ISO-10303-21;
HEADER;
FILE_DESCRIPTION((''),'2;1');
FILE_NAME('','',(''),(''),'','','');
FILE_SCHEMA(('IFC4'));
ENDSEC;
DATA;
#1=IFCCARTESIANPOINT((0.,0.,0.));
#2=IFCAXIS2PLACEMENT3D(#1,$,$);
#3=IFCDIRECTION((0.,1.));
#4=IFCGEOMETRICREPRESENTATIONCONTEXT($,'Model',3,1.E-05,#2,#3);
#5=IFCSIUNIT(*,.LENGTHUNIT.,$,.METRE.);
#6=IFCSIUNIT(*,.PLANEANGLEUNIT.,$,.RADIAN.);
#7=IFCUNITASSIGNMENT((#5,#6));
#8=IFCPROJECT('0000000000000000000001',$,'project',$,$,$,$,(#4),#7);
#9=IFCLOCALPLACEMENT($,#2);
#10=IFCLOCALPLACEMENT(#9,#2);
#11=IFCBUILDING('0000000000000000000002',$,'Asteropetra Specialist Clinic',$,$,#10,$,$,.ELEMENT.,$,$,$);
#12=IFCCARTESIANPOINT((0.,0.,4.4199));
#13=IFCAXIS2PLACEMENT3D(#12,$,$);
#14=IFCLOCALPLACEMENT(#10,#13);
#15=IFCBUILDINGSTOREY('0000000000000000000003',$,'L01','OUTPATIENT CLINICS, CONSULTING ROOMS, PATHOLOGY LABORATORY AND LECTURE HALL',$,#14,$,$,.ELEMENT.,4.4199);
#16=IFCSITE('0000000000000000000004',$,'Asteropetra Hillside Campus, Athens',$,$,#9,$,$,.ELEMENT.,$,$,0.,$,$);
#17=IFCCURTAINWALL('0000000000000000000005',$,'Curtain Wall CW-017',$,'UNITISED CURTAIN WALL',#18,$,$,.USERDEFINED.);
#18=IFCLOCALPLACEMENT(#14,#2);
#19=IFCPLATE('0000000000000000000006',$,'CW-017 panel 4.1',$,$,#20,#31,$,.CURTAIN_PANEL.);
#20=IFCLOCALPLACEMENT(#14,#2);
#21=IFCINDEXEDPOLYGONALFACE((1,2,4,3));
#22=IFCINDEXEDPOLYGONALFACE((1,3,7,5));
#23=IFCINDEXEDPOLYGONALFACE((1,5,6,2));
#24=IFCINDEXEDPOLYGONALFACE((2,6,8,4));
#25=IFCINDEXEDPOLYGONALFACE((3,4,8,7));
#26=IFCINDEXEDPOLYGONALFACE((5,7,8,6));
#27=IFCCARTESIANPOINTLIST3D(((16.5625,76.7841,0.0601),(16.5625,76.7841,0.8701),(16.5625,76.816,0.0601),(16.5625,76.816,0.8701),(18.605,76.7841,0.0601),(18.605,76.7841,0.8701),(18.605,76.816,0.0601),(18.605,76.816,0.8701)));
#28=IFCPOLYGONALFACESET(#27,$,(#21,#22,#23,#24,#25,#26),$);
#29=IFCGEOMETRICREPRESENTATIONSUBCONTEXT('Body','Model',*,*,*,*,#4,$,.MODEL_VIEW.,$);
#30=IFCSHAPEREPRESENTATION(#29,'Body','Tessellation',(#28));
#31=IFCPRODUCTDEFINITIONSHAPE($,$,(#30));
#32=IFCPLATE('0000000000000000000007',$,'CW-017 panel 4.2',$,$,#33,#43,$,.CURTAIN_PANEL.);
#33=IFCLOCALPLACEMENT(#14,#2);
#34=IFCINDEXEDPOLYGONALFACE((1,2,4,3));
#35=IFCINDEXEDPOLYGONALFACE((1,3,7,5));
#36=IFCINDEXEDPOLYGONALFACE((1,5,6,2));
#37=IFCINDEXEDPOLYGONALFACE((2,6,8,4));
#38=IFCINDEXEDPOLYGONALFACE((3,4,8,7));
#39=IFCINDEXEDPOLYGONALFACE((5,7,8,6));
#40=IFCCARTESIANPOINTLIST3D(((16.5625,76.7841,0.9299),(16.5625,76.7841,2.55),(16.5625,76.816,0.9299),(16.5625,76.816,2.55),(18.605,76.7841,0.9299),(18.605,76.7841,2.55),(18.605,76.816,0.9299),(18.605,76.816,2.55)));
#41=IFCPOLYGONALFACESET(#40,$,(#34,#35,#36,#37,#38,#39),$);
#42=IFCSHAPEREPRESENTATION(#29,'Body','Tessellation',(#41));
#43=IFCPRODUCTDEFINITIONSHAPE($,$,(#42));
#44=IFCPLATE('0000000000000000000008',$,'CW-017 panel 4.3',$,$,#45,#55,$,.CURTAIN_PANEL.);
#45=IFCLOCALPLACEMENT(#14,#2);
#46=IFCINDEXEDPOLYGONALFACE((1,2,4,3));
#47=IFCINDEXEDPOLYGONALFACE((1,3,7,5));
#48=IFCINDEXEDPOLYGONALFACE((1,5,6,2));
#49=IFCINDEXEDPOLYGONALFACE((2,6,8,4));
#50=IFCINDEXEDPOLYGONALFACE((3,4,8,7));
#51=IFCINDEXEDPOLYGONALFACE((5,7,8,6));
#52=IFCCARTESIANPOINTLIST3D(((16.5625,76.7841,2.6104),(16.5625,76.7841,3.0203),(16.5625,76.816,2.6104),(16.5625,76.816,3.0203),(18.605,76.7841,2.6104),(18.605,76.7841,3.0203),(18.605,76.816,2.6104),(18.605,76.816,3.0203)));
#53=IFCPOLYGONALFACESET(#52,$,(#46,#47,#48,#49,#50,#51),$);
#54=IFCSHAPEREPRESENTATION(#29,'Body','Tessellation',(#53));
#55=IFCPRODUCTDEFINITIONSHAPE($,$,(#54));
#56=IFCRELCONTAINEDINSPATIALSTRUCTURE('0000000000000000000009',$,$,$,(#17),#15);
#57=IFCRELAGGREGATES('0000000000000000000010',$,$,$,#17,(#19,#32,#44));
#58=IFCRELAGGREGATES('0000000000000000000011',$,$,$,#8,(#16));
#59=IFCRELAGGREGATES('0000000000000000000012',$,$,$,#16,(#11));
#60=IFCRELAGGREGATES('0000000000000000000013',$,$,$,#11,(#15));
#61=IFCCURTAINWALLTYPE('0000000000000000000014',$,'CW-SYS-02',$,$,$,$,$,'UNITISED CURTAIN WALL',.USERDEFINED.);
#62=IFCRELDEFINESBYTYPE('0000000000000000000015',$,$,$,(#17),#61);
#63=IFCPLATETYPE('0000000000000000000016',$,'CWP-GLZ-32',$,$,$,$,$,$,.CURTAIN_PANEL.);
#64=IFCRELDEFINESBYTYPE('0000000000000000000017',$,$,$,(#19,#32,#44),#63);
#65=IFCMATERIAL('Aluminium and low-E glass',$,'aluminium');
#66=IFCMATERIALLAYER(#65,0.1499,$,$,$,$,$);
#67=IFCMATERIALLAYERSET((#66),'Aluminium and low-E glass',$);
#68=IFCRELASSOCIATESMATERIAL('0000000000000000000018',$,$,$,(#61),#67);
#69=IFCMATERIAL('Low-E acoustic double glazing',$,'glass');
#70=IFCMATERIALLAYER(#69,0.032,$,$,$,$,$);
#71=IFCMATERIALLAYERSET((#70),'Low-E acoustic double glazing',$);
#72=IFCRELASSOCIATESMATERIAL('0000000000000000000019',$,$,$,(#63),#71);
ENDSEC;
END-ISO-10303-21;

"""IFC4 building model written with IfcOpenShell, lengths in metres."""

from ifc_helpers import new_model, si_unit, direction, frame, origin, origin_2d, place, context, subcontext, project, spatial, rectangle, extrude, material, layer, layer_set, type_object, element, aggregate, save


model = new_model("IFC4")

# Units and contexts
model_context = context("Model", 3, precision=1e-05, world=origin(), true_north=direction((0.0, 1.0)))
body_context = subcontext(model_context, "Body", "Model", "MODEL_VIEW")
ifc_project = project(units=[si_unit("LENGTHUNIT", "METRE"), si_unit("PLANEANGLEUNIT", "RADIAN")], contexts=[model_context])

# Site, building, storey
site_placement = place(None, origin())
site = spatial("IfcSite", under=ifc_project, at=site_placement, Name="Asteropetra Hillside Campus, Athens", CompositionType="ELEMENT", RefElevation=0.0)
building_placement = place(site_placement, origin())
building = spatial("IfcBuilding", under=site, at=building_placement, Name="Asteropetra Specialist Clinic", CompositionType="ELEMENT")
storey_placement = place(building_placement, frame((0.0, 0.0, 4.4199)))
storey = spatial("IfcBuildingStorey", under=building, at=storey_placement, Name="L01", Description="OUTPATIENT CLINICS, CONSULTING ROOMS, PATHOLOGY LABORATORY AND LECTURE HALL", CompositionType="ELEMENT", Elevation=4.4199)

# Curtain wall
ifc_material_1 = material(Name="Aluminium and low-E glass", Category="aluminium")
ifc_layer_1 = layer(ifc_material_1, 0.1499)
ifc_layer_set_1 = layer_set([ifc_layer_1], Name="Aluminium and low-E glass")
curtain_wall_type_1 = type_object("IfcCurtainWallType", Name="CW-SYS-02", ElementType="UNITISED CURTAIN WALL", PredefinedType="USERDEFINED", material=ifc_layer_set_1)
curtain_wall_1_placement = place(storey_placement, origin())
curtain_wall_1 = element("IfcCurtainWall", 1, at=curtain_wall_1_placement, inside=storey, type_object=curtain_wall_type_1, Name="Curtain Wall CW-017", ObjectType="UNITISED CURTAIN WALL", PredefinedType="USERDEFINED")

# Plates
ifc_material_2 = material(Name="Low-E acoustic double glazing", Category="glass")
ifc_layer_2 = layer(ifc_material_2, 0.032)
ifc_layer_set_2 = layer_set([ifc_layer_2], Name="Low-E acoustic double glazing")
plate_type = type_object("IfcPlateType", Name="CWP-GLZ-32", PredefinedType="CURTAIN_PANEL", material=ifc_layer_set_2)
plate_1_placement = place(storey_placement, frame((17.5837, 76.8, 0.0601), z_axis=(0.0, 0.0, 1.0), x_axis=(1.0, 0.0, 0.0)))
plate_1 = element("IfcPlate", 2, at=plate_1_placement, type_object=plate_type, Name="CW-017 panel 4.1", PredefinedType="CURTAIN_PANEL", context=body_context, shape_type="SweptSolid", body=[
    extrude(rectangle(XDim=2.0425, YDim=0.032, at=origin_2d()), origin(), (0.0, 0.0, 1.0), 0.8101),
])
plate_2_placement = place(storey_placement, frame((17.5837, 76.8, 0.9299), z_axis=(0.0, 0.0, 1.0), x_axis=(1.0, 0.0, 0.0)))
plate_2 = element("IfcPlate", 3, at=plate_2_placement, type_object=plate_type, Name="CW-017 panel 4.2", PredefinedType="CURTAIN_PANEL", context=body_context, shape_type="SweptSolid", body=[
    extrude(rectangle(XDim=2.0425, YDim=0.032, at=origin_2d()), origin(), (0.0, 0.0, 1.0), 1.6201),
])
plate_3_placement = place(storey_placement, frame((17.5837, 76.8, 2.6104), z_axis=(0.0, 0.0, 1.0), x_axis=(1.0, 0.0, 0.0)))
plate_3 = element("IfcPlate", 4, at=plate_3_placement, type_object=plate_type, Name="CW-017 panel 4.3", PredefinedType="CURTAIN_PANEL", context=body_context, shape_type="SweptSolid", body=[
    extrude(rectangle(XDim=2.0425, YDim=0.032, at=origin_2d()), origin(), (0.0, 0.0, 1.0), 0.4099),
])
aggregate(curtain_wall_1, [plate_1, plate_2, plate_3])

save(model, "model.ifc")
